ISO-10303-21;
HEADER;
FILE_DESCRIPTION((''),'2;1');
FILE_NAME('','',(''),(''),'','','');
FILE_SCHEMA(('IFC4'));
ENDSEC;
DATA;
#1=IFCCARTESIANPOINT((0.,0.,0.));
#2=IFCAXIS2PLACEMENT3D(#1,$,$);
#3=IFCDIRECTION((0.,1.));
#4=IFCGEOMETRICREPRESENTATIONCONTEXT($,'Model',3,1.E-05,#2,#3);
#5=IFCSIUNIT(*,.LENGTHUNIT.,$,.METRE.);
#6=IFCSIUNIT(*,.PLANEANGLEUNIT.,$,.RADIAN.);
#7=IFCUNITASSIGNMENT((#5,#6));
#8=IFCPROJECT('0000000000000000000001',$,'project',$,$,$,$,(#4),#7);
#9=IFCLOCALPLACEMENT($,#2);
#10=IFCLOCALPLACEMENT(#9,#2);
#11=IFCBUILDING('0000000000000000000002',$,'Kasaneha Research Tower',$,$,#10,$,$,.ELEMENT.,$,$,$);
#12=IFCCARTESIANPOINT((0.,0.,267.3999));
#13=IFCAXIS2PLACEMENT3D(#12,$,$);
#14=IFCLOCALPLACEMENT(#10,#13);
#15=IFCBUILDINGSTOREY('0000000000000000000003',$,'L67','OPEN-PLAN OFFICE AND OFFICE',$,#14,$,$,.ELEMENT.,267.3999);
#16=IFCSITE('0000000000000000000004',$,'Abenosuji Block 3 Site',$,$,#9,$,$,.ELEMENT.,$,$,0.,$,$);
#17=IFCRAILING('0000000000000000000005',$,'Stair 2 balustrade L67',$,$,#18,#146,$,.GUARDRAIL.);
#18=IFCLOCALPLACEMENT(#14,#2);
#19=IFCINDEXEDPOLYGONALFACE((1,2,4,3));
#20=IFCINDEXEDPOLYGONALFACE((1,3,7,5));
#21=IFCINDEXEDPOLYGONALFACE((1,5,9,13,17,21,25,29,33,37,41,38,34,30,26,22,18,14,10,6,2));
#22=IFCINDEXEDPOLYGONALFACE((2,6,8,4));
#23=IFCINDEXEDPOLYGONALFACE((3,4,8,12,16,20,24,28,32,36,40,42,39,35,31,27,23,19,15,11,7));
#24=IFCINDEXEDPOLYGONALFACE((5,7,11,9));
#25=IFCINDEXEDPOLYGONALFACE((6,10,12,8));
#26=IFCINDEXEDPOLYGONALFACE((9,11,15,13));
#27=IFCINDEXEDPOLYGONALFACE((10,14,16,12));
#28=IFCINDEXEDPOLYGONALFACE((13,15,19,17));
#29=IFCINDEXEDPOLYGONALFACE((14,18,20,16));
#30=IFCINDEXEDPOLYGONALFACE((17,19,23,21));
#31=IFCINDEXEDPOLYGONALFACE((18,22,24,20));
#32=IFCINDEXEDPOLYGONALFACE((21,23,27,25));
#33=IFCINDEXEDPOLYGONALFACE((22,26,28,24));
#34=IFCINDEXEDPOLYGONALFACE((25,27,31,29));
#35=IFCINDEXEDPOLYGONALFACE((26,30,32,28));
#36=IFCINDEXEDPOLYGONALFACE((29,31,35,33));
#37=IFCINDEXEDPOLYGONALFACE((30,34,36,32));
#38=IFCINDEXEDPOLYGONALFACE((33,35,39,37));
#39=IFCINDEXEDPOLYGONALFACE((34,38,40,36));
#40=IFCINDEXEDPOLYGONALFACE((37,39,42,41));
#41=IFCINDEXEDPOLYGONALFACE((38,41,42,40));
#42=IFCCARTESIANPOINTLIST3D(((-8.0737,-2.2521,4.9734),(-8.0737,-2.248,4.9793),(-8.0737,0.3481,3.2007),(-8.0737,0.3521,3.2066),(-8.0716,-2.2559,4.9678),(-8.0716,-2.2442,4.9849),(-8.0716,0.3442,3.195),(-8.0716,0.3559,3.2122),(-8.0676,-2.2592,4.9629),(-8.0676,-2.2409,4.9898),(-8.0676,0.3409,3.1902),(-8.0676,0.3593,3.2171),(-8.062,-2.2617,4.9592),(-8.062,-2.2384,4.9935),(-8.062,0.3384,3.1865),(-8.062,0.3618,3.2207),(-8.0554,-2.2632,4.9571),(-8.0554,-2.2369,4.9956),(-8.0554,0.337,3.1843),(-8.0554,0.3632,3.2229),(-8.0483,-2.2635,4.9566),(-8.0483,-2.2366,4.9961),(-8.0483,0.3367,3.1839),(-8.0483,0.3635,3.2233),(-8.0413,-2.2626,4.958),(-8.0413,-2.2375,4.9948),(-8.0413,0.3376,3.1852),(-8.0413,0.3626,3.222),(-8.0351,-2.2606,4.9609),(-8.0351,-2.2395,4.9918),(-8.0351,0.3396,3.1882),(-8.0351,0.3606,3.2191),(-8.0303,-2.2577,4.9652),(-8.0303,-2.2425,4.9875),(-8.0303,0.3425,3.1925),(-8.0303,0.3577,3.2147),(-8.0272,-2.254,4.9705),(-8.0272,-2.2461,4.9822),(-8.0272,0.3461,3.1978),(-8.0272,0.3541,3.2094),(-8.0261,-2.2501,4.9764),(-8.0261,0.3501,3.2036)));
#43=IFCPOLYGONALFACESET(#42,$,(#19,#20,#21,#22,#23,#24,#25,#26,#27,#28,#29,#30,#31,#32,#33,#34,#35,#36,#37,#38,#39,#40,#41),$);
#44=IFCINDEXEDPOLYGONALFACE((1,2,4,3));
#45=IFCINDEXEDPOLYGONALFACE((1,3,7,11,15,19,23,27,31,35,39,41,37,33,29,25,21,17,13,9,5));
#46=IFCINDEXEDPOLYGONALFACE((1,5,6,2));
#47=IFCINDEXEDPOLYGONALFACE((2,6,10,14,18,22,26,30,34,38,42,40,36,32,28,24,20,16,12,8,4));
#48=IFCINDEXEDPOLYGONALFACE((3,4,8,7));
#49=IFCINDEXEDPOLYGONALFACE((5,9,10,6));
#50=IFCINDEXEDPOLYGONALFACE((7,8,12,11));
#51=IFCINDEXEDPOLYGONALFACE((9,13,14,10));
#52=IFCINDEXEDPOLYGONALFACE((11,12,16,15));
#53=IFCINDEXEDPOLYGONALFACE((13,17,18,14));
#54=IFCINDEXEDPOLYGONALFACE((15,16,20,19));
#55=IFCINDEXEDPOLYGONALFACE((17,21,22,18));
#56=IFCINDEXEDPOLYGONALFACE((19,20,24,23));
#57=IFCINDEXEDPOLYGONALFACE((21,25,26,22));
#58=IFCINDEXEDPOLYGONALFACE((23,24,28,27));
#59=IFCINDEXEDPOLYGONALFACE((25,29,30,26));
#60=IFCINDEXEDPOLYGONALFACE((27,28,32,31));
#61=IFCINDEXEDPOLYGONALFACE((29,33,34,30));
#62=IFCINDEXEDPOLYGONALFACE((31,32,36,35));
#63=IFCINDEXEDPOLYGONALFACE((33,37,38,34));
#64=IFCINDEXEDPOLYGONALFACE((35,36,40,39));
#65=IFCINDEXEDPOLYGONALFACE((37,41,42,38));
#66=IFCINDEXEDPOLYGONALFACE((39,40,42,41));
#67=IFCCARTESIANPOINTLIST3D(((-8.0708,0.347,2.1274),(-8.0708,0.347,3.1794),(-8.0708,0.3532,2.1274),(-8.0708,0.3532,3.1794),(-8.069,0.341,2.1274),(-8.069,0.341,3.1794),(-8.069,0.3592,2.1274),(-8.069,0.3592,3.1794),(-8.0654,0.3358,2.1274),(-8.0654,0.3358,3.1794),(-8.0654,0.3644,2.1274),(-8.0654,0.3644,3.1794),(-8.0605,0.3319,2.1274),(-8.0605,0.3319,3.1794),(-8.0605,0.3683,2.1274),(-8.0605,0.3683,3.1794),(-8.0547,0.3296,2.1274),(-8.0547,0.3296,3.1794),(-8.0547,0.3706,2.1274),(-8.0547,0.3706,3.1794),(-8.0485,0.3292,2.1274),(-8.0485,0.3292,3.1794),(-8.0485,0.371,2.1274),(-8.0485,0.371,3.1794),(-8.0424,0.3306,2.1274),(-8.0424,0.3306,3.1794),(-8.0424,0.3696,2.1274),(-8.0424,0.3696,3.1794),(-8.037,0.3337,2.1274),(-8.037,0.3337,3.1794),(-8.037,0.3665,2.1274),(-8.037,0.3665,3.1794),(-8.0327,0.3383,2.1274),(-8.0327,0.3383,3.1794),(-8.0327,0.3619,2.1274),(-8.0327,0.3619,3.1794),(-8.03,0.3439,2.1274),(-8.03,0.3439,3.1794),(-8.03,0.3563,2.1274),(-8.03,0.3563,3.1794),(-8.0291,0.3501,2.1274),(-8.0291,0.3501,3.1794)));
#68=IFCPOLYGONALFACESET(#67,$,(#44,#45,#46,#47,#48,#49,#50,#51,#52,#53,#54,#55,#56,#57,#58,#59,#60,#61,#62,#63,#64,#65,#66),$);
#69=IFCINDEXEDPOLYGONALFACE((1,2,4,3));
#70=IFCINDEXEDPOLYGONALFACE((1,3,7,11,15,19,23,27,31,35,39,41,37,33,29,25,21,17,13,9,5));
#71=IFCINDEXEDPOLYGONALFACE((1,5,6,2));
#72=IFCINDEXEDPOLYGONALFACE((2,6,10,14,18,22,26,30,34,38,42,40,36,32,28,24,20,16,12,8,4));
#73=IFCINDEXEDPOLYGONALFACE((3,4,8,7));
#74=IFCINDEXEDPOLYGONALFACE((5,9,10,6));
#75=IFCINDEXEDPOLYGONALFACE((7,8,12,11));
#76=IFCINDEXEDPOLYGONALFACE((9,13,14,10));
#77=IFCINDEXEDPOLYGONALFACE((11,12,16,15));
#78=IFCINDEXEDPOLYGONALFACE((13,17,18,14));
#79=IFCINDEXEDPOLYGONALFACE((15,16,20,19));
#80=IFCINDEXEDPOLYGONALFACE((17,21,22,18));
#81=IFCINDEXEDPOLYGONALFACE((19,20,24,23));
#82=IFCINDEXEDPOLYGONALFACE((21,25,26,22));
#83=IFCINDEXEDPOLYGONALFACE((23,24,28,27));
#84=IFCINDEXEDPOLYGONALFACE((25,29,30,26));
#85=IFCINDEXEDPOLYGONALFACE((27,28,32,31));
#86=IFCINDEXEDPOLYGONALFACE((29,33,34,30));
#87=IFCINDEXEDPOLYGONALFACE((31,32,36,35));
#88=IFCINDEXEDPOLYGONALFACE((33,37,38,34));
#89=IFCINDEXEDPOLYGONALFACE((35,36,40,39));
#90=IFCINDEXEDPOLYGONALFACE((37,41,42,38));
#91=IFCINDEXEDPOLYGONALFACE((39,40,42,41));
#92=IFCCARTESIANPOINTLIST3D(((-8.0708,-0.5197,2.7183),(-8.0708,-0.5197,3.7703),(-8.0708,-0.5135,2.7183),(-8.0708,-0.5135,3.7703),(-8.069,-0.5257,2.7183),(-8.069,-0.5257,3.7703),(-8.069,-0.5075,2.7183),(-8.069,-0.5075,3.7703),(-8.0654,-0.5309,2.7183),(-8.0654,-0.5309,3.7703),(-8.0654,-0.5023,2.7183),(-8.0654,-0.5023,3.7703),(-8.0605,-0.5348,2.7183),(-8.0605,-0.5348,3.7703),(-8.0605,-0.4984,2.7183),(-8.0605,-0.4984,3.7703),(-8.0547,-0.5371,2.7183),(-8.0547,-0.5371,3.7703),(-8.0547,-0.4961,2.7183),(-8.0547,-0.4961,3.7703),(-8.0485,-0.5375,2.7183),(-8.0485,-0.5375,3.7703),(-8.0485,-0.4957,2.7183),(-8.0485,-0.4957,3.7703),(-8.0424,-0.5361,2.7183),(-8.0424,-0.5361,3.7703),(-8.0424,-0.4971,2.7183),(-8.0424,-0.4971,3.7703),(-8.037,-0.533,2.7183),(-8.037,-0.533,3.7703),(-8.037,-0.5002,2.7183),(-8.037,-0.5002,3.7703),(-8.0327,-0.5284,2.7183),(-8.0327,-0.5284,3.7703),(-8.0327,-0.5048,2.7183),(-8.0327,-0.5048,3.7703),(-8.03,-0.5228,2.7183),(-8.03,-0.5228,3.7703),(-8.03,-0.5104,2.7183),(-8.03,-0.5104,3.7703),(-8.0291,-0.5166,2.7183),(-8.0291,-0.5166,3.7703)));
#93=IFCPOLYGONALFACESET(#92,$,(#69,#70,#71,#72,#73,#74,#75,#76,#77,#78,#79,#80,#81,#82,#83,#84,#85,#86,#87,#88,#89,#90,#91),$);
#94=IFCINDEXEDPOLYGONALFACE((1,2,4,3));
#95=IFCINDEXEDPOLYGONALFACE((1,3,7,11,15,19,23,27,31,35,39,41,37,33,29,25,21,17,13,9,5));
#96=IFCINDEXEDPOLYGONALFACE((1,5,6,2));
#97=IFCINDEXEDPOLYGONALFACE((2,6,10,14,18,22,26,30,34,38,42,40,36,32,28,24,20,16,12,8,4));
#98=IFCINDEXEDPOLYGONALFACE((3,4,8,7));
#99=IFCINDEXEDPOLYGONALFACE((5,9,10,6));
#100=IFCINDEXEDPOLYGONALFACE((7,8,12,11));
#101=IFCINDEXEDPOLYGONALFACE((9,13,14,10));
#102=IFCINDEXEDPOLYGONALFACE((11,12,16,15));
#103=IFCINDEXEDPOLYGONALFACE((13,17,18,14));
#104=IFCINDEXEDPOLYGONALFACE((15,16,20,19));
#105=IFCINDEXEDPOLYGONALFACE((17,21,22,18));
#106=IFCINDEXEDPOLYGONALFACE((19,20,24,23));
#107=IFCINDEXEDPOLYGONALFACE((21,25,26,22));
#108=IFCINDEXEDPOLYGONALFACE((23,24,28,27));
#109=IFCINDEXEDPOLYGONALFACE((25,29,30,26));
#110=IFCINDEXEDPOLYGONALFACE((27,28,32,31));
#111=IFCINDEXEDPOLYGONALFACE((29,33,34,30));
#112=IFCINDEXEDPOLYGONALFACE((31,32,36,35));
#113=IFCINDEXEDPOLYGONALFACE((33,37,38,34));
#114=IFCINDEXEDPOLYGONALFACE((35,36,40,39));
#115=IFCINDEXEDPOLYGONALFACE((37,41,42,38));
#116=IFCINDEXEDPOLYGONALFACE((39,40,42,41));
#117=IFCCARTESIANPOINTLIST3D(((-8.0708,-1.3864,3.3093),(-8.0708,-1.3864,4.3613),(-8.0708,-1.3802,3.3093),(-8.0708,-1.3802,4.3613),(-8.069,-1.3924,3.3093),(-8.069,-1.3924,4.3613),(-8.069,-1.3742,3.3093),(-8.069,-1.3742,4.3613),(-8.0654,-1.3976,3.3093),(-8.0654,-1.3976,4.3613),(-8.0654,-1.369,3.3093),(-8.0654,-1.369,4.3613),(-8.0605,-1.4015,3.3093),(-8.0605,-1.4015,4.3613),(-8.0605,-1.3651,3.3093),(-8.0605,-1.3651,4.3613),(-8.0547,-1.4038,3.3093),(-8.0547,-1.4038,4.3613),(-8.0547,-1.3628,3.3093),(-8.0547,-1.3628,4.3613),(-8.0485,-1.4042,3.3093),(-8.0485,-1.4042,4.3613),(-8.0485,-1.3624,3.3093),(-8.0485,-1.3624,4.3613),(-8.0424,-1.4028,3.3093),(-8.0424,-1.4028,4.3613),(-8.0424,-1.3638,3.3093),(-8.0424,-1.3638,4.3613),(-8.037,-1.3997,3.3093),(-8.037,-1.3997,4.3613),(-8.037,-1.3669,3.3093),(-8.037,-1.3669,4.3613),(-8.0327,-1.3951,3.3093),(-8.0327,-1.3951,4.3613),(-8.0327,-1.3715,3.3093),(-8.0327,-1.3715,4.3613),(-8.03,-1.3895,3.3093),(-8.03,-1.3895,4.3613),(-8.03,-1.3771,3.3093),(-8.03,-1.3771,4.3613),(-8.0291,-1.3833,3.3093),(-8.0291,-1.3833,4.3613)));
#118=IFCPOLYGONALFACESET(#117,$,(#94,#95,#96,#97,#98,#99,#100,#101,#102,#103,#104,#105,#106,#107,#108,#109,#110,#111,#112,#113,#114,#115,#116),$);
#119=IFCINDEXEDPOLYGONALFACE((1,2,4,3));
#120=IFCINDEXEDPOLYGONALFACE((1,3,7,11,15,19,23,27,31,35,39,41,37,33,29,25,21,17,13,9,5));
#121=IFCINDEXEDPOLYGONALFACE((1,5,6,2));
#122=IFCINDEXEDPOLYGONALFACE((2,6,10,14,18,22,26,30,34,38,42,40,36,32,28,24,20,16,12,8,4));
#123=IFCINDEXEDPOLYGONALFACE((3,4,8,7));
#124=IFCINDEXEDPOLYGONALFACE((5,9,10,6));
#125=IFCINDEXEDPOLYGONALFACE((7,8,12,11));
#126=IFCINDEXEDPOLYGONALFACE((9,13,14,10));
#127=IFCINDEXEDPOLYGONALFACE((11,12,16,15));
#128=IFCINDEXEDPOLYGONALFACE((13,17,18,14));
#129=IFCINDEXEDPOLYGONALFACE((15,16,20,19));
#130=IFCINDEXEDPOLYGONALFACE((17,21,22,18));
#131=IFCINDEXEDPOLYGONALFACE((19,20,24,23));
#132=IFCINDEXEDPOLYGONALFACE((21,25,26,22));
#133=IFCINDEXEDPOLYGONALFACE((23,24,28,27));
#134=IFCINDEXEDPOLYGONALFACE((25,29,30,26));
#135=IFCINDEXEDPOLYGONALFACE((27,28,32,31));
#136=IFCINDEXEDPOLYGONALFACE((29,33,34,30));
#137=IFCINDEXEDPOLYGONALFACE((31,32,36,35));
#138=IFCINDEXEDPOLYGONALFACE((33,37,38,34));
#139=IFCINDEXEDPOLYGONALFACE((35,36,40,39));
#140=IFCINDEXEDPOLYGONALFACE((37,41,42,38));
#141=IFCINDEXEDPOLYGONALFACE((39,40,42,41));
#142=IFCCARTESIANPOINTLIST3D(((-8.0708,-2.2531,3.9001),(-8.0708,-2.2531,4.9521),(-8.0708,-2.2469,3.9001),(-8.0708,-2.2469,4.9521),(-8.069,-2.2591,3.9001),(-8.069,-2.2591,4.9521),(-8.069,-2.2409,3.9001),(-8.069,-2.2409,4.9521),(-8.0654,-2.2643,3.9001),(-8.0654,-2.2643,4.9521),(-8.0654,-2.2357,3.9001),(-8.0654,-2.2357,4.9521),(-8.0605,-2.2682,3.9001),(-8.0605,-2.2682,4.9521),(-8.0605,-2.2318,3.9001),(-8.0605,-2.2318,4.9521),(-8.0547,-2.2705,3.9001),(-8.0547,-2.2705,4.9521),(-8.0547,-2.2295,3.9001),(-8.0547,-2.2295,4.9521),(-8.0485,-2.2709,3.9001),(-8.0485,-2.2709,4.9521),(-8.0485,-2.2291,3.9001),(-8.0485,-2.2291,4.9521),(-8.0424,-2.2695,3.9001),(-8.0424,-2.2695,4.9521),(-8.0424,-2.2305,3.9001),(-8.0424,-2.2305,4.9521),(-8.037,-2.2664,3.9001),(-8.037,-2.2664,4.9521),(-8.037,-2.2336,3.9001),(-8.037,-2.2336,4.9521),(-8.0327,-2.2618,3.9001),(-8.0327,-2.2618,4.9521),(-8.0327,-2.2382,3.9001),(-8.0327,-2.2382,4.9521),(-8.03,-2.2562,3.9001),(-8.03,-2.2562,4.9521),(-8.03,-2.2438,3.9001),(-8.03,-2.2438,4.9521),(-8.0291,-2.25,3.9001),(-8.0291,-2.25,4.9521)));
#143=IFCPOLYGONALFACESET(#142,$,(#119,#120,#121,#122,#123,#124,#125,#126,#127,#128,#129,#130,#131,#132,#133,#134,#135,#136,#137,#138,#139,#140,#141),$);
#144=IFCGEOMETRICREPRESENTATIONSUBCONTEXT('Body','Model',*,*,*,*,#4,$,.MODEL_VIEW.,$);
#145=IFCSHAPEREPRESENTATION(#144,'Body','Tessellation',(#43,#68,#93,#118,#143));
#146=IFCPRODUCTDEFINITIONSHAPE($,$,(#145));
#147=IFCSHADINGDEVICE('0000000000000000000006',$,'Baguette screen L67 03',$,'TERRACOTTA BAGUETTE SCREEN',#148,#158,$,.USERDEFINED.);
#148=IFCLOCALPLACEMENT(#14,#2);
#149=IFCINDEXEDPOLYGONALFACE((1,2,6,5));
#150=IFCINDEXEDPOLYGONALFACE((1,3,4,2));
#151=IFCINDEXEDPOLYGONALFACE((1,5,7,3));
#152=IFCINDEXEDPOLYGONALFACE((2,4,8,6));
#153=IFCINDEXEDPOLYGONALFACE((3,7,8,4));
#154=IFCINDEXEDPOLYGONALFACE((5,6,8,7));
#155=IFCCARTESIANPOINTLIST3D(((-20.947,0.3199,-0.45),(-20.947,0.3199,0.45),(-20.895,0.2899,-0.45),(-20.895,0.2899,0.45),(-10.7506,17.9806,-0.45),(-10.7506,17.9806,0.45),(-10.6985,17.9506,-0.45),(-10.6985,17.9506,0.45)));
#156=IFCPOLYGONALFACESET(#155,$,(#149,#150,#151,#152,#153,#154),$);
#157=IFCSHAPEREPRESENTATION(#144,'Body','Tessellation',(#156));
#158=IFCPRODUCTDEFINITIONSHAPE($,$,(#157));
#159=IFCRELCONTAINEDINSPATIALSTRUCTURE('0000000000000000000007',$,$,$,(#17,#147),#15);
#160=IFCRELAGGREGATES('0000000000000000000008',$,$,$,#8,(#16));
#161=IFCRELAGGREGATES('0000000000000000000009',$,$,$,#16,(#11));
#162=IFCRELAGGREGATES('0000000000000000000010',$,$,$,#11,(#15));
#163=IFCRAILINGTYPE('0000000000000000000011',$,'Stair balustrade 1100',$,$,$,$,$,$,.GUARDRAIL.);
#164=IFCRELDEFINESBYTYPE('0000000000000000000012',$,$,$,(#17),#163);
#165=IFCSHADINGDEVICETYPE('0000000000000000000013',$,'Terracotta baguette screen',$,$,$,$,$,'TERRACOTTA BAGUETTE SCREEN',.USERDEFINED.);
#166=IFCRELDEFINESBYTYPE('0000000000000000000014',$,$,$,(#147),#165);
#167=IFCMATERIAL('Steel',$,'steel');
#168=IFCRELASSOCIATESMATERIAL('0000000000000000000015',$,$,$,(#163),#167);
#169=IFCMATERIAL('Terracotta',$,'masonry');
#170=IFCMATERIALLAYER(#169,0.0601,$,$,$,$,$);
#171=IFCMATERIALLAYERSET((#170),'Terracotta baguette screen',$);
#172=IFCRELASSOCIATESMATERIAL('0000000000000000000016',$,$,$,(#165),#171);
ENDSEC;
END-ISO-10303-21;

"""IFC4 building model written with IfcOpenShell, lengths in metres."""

from ifc_helpers import new_model, si_unit, direction, frame, origin, origin_2d, place, context, subcontext, project, spatial, rectangle, circle, extrude, material, layer, layer_set, type_object, element, save


model = new_model("IFC4")

# Units and contexts
model_context = context("Model", 3, precision=1e-05, world=origin(), true_north=direction((0.0, 1.0)))
body_context = subcontext(model_context, "Body", "Model", "MODEL_VIEW")
ifc_project = project(units=[si_unit("LENGTHUNIT", "METRE"), si_unit("PLANEANGLEUNIT", "RADIAN")], contexts=[model_context])

# Site, building, storey
site_placement = place(None, origin())
site = spatial("IfcSite", under=ifc_project, at=site_placement, Name="Abenosuji Block 3 Site", CompositionType="ELEMENT", RefElevation=0.0)
building_placement = place(site_placement, origin())
building = spatial("IfcBuilding", under=site, at=building_placement, Name="Kasaneha Research Tower", CompositionType="ELEMENT")
storey_placement = place(building_placement, frame((0.0, 0.0, 267.3999)))
storey = spatial("IfcBuildingStorey", under=building, at=storey_placement, Name="L67", Description="OPEN-PLAN OFFICE AND OFFICE", CompositionType="ELEMENT", Elevation=267.3999)

# Railing
ifc_material_1 = material(Name="Steel", Category="steel")
railing_type = type_object("IfcRailingType", Name="Stair balustrade 1100", PredefinedType="GUARDRAIL", material=ifc_material_1)
railing_placement = place(storey_placement, frame((-8.05, 0.3501, 2.1274)))
element("IfcRailing", 1, at=railing_placement, inside=storey, type_object=railing_type, Name="Stair 2 balustrade L67", PredefinedType="GUARDRAIL", context=body_context, shape_type="SweptSolid", body=[
    extrude(circle(Radius=0.0239, at=origin_2d()), frame((0.0, 0.0, 1.0762), z_axis=(0.0, -0.82624, 0.563318), x_axis=(1.0, 0.0, 0.0)), (0.0, 0.0, 1.0), 3.147),
    extrude(circle(Radius=0.021, at=origin_2d()), origin(), (0.0, 0.0, 1.0), 1.052),
    extrude(circle(Radius=0.021, at=origin_2d()), frame((0.0, -0.8667, 0.5908)), (0.0, 0.0, 1.0), 1.052),
    extrude(circle(Radius=0.021, at=origin_2d()), frame((0.0, -1.7334, 1.1819)), (0.0, 0.0, 1.0), 1.052),
    extrude(circle(Radius=0.021, at=origin_2d()), frame((0.0, -2.6001, 1.7727)), (0.0, 0.0, 1.0), 1.052),
])

# Shading device
ifc_material_2 = material(Name="Terracotta", Category="masonry")
ifc_layer_1 = layer(ifc_material_2, 0.0601)
ifc_layer_set_1 = layer_set([ifc_layer_1], Name="Terracotta baguette screen")
shading_device_type = type_object("IfcShadingDeviceType", Name="Terracotta baguette screen", ElementType="TERRACOTTA BAGUETTE SCREEN", PredefinedType="USERDEFINED", material=ifc_layer_set_1)
shading_device_placement = place(storey_placement, frame((-15.8228, 9.1353, -0.45), z_axis=(0.0, 0.0, 1.0), x_axis=(-0.5, -0.866025, 0.0)))
element("IfcShadingDevice", 2, at=shading_device_placement, inside=storey, type_object=shading_device_type, Name="Baguette screen L67 03", ObjectType="TERRACOTTA BAGUETTE SCREEN", PredefinedType="USERDEFINED", context=body_context, shape_type="SweptSolid", body=[
    extrude(rectangle(XDim=20.3928, YDim=0.0601, at=origin_2d()), origin(), (0.0, 0.0, 1.0), 0.8999),
])

save(model, "model.ifc")
